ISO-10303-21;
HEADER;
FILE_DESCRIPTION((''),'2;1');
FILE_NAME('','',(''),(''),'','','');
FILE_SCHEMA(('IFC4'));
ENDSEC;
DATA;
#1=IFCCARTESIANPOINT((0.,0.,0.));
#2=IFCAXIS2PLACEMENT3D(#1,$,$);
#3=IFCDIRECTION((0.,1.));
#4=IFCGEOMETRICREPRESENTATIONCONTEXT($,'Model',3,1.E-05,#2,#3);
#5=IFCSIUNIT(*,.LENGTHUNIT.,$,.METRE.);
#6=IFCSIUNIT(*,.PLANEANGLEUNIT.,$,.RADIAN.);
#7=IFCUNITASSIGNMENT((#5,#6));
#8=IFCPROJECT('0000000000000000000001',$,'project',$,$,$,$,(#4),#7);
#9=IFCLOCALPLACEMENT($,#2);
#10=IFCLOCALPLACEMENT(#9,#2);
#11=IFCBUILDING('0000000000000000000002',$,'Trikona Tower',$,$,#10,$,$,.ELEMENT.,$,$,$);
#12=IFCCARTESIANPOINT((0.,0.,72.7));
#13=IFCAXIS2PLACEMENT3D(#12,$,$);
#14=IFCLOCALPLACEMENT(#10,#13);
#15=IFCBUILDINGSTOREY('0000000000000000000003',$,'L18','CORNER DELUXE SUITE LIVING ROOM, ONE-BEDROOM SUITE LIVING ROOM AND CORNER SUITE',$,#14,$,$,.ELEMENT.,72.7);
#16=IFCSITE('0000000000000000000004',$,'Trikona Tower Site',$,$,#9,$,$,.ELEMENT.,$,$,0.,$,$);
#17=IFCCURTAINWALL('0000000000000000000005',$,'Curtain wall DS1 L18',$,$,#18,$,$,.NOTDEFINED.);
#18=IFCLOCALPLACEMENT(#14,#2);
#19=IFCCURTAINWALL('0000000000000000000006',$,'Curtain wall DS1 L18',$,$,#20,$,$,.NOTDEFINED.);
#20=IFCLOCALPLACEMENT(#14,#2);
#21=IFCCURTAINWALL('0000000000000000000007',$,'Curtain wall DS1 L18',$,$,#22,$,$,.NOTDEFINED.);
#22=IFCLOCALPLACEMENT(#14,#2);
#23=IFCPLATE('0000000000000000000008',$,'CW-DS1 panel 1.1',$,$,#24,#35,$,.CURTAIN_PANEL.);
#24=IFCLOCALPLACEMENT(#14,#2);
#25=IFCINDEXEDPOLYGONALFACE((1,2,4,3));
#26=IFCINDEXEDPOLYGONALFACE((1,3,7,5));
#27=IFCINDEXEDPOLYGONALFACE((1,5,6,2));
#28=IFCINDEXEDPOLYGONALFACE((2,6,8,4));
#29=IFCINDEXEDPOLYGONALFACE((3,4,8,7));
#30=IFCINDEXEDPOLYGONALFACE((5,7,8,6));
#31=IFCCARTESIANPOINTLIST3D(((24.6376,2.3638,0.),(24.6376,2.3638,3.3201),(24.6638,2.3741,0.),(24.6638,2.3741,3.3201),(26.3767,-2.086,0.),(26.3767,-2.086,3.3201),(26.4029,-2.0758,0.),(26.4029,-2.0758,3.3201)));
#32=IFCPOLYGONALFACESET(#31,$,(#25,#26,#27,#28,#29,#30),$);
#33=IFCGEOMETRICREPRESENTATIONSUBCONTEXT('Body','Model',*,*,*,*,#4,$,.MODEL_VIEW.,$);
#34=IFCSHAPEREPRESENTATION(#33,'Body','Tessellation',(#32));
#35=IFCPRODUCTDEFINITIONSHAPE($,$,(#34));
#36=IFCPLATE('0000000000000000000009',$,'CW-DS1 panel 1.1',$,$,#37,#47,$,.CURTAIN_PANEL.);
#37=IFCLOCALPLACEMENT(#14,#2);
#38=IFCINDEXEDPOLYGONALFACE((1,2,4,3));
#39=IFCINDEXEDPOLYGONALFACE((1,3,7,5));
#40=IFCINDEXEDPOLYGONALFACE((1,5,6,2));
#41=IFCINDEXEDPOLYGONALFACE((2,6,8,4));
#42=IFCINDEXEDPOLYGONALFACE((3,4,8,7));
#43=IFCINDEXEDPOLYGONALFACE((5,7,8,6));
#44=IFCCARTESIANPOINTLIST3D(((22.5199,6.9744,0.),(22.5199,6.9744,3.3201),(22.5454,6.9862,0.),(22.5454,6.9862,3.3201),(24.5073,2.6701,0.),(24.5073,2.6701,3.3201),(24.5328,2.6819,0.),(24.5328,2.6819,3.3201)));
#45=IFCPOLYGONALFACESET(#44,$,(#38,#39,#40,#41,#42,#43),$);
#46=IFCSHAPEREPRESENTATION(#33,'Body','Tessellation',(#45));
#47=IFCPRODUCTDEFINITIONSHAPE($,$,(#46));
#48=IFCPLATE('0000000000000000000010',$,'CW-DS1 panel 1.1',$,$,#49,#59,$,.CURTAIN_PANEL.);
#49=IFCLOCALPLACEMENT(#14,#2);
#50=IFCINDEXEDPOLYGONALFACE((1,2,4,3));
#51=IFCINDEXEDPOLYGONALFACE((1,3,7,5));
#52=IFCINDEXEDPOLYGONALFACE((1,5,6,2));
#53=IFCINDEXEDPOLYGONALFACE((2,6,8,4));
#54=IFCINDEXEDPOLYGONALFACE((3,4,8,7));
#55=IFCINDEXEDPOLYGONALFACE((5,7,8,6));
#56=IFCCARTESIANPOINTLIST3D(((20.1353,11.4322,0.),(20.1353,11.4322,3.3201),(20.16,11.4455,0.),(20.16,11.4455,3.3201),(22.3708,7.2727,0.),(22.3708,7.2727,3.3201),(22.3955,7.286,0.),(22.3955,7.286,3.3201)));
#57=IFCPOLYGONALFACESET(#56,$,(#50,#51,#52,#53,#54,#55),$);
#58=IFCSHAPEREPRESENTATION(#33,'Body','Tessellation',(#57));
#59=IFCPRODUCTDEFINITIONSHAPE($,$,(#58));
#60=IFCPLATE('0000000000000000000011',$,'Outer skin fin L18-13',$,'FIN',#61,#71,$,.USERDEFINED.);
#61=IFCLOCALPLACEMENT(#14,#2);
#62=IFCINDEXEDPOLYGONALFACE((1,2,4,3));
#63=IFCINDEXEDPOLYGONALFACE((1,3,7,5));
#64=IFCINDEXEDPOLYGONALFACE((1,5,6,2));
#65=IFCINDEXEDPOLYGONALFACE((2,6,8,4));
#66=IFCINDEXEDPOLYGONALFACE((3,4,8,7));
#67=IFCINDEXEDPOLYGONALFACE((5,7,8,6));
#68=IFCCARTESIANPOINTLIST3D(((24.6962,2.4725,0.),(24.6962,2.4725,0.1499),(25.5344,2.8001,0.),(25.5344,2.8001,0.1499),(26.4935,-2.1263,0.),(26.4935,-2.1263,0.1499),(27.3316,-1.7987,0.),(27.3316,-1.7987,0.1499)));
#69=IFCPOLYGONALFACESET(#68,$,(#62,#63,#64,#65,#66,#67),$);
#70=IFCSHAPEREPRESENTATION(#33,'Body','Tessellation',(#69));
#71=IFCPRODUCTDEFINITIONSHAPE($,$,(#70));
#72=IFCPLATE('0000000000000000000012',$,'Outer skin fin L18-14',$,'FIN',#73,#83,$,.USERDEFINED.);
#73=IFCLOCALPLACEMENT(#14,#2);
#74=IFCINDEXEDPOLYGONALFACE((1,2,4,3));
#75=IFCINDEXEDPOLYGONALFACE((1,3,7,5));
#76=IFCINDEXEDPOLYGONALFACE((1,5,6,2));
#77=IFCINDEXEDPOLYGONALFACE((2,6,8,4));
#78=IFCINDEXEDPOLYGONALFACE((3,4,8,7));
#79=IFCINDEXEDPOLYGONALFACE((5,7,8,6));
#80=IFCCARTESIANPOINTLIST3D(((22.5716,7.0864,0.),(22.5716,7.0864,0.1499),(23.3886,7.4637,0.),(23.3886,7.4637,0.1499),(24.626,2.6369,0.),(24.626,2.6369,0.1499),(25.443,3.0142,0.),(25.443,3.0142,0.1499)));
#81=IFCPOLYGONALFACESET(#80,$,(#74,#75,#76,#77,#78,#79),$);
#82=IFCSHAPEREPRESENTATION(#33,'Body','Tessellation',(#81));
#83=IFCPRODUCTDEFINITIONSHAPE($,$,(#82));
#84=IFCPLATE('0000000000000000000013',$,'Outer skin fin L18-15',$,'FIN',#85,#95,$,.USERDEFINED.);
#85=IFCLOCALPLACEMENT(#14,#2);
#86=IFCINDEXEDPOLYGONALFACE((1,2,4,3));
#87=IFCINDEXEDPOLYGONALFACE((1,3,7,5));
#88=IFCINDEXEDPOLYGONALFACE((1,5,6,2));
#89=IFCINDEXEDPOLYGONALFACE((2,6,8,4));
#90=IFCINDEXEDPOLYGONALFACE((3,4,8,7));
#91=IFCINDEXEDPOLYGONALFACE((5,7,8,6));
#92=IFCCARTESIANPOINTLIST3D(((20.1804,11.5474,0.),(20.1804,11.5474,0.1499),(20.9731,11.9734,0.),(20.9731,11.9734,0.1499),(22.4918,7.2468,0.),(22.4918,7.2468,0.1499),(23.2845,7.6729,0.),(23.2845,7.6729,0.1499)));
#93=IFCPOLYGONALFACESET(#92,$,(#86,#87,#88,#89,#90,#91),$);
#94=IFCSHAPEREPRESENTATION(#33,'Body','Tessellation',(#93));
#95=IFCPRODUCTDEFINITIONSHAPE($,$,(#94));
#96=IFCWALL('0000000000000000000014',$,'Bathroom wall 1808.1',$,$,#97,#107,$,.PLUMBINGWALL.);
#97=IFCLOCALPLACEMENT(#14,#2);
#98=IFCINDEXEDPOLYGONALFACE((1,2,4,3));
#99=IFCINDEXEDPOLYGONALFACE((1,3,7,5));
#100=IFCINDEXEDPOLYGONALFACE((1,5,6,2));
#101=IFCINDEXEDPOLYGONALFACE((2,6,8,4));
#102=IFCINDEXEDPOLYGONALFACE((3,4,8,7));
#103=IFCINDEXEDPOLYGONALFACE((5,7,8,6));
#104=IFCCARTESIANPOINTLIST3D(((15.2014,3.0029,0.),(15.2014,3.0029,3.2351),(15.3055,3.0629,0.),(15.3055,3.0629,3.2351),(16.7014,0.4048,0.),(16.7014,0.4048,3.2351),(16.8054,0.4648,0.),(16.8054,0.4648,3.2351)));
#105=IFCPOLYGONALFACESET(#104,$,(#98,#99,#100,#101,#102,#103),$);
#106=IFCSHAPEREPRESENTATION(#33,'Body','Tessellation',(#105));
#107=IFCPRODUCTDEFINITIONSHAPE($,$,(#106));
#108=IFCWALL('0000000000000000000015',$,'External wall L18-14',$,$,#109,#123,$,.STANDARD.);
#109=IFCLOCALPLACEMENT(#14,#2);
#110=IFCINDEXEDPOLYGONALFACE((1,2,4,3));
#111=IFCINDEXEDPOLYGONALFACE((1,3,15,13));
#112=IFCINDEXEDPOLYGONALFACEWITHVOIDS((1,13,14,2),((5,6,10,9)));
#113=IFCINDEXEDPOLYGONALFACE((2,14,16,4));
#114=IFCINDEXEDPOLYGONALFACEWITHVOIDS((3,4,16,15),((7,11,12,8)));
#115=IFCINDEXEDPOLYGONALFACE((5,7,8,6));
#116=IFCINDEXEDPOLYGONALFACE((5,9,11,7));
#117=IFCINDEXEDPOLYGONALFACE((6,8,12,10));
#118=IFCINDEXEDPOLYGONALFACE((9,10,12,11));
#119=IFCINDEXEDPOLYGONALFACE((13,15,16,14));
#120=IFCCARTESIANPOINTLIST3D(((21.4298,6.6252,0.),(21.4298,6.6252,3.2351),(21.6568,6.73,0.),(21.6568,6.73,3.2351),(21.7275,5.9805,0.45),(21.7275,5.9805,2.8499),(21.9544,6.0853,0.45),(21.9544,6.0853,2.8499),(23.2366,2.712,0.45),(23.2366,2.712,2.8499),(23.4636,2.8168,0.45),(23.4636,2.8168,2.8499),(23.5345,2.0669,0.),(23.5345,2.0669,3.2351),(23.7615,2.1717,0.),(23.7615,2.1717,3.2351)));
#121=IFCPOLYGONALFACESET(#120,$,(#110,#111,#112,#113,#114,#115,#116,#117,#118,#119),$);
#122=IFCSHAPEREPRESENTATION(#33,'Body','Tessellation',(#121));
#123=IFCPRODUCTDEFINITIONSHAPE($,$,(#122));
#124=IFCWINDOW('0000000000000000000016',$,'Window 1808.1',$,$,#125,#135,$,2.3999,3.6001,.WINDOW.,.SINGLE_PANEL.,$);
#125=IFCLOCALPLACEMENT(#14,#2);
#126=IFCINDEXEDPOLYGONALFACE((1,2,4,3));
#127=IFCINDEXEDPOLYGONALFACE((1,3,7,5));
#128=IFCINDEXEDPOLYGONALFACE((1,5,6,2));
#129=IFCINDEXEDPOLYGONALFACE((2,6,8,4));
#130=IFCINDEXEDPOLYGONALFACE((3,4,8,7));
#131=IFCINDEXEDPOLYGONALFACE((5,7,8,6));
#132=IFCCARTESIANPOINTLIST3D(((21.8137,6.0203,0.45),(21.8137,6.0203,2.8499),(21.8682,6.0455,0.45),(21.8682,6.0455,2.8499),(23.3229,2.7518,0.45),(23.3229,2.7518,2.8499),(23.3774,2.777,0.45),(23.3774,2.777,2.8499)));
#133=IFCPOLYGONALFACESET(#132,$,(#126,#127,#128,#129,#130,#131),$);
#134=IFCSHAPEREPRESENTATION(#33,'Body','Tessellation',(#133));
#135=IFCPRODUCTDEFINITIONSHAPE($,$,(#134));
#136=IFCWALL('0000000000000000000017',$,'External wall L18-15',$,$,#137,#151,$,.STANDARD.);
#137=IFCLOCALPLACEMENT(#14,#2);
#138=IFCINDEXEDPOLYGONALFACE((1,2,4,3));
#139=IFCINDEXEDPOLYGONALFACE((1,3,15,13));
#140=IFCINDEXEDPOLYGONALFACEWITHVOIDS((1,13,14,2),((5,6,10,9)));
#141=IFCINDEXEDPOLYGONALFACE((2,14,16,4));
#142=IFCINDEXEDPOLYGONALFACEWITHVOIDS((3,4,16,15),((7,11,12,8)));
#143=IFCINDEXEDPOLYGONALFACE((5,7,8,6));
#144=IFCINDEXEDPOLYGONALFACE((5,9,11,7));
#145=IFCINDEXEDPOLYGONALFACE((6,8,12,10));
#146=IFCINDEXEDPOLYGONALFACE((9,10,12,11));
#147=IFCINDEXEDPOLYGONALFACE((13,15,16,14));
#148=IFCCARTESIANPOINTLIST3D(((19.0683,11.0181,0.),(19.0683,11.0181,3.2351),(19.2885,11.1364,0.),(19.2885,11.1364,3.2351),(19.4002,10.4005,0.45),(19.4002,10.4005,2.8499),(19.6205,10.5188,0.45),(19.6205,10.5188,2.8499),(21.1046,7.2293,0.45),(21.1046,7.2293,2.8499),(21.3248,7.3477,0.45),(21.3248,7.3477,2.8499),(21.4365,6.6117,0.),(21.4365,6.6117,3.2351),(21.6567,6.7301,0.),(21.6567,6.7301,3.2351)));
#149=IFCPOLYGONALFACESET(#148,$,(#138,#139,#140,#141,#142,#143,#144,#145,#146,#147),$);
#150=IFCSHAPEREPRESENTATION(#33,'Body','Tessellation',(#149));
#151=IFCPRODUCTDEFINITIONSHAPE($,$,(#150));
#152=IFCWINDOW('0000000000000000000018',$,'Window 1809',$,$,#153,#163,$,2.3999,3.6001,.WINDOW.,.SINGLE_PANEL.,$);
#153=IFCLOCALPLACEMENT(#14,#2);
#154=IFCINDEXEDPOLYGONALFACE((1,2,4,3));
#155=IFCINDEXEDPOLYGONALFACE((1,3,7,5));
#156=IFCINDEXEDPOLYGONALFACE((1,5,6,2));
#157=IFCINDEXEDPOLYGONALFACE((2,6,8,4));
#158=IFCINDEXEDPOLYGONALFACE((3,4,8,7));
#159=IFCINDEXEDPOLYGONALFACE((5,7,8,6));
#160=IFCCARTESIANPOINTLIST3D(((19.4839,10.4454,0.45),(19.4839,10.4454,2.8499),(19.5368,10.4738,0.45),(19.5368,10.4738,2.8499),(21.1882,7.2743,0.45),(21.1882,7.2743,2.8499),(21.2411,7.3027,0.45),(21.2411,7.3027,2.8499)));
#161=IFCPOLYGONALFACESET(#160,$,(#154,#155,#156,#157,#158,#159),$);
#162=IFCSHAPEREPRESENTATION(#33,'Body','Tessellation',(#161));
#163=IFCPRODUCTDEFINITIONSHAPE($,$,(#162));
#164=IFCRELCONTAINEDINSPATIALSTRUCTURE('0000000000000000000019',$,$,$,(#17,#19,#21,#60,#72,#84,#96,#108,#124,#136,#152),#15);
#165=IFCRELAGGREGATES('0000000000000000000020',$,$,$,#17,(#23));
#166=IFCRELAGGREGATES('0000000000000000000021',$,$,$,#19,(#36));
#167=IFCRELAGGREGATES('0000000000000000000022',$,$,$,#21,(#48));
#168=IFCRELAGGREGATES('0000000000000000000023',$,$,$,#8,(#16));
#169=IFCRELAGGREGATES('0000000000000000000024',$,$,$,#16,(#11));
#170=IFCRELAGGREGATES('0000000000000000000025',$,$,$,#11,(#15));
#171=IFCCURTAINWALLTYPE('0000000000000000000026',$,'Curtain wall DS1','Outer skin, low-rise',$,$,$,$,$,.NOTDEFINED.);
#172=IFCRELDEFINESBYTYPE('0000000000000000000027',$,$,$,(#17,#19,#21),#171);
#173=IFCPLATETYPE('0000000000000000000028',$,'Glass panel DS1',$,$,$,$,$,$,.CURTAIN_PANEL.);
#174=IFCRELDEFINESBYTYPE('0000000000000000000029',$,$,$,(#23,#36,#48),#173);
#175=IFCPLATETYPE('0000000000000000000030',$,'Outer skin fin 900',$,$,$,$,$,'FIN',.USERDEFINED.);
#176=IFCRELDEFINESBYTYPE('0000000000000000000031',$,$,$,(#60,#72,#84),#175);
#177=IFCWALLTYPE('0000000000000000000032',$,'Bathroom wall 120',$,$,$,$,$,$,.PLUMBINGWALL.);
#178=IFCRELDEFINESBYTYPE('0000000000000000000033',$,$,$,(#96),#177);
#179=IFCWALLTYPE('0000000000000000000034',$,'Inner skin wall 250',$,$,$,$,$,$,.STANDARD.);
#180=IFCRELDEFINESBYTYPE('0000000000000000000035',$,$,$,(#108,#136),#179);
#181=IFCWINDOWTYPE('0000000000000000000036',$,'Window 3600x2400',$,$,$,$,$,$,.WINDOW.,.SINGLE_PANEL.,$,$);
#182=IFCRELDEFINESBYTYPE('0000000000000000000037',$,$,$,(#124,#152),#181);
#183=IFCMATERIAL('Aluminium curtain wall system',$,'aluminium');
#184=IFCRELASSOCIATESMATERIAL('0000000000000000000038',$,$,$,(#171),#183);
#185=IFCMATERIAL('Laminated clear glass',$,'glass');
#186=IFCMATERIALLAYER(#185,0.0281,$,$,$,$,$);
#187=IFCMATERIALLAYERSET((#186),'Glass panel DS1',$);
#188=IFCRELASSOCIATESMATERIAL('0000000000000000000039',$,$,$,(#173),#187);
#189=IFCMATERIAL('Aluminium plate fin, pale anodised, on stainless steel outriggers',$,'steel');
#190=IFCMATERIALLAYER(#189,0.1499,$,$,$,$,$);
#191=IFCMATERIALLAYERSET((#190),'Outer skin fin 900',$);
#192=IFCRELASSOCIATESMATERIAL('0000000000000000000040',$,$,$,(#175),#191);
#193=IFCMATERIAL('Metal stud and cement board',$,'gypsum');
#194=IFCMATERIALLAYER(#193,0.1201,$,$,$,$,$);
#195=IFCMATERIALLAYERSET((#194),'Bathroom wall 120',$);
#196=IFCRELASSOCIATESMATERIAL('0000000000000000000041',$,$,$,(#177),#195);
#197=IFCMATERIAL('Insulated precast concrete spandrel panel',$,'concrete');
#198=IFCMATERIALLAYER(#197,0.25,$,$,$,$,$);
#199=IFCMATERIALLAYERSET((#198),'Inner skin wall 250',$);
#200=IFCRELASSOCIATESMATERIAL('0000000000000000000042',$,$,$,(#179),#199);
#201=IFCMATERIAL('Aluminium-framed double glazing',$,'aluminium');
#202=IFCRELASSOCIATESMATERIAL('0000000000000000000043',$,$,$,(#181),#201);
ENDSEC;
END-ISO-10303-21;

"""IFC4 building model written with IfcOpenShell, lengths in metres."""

from ifc_helpers import new_model, si_unit, direction, frame, frame_2d, origin, origin_2d, place, context, subcontext, project, spatial, rectangle, extrude, material, layer, layer_set, type_object, element, fill, aggregate, save


model = new_model("IFC4")

# Units and contexts
model_context = context("Model", 3, precision=1e-05, world=origin(), true_north=direction((0.0, 1.0)))
body_context = subcontext(model_context, "Body", "Model", "MODEL_VIEW")
ifc_project = project(units=[si_unit("LENGTHUNIT", "METRE"), si_unit("PLANEANGLEUNIT", "RADIAN")], contexts=[model_context])

# Site, building, storey
site_placement = place(None, origin())
site = spatial("IfcSite", under=ifc_project, at=site_placement, Name="Trikona Tower Site", CompositionType="ELEMENT", RefElevation=0.0)
building_placement = place(site_placement, origin())
building = spatial("IfcBuilding", under=site, at=building_placement, Name="Trikona Tower", CompositionType="ELEMENT")
storey_placement = place(building_placement, frame((0.0, 0.0, 72.7)))
storey = spatial("IfcBuildingStorey", under=building, at=storey_placement, Name="L18", Description="CORNER DELUXE SUITE LIVING ROOM, ONE-BEDROOM SUITE LIVING ROOM AND CORNER SUITE", CompositionType="ELEMENT", Elevation=72.7)

# Curtain wall
ifc_material_1 = material(Name="Aluminium curtain wall system", Category="aluminium")
curtain_wall_type = type_object("IfcCurtainWallType", Name="Curtain wall DS1", Description="Outer skin, low-rise", PredefinedType="NOTDEFINED", material=ifc_material_1)
curtain_wall_1_placement = place(storey_placement, origin())
curtain_wall_1 = element("IfcCurtainWall", 1, at=curtain_wall_1_placement, inside=storey, type_object=curtain_wall_type, Name="Curtain wall DS1 L18", PredefinedType="NOTDEFINED")

# Curtain walls
curtain_wall_2_placement = place(storey_placement, origin())
curtain_wall_2 = element("IfcCurtainWall", 2, at=curtain_wall_2_placement, inside=storey, type_object=curtain_wall_type, Name="Curtain wall DS1 L18", PredefinedType="NOTDEFINED")
curtain_wall_3_placement = place(storey_placement, origin())
curtain_wall_3 = element("IfcCurtainWall", 3, at=curtain_wall_3_placement, inside=storey, type_object=curtain_wall_type, Name="Curtain wall DS1 L18", PredefinedType="NOTDEFINED")

# Plates
ifc_material_2 = material(Name="Laminated clear glass", Category="glass")
ifc_layer_1 = layer(ifc_material_2, 0.0281)
ifc_layer_set_1 = layer_set([ifc_layer_1], Name="Glass panel DS1")
plate_type_1 = type_object("IfcPlateType", Name="Glass panel DS1", PredefinedType="CURTAIN_PANEL", material=ifc_layer_set_1)
plate_1_placement = place(storey_placement, frame((25.5203, 0.144, 0.0), z_axis=(0.0, 0.0, 1.0), x_axis=(-0.364008, 0.931396, 0.0)))
plate_1 = element("IfcPlate", 4, at=plate_1_placement, type_object=plate_type_1, Name="CW-DS1 panel 1.1", PredefinedType="CURTAIN_PANEL", context=body_context, shape_type="SweptSolid", body=[
    extrude(rectangle(XDim=4.7776, YDim=0.0281, at=origin_2d()), origin(), (0.0, 0.0, 1.0), 3.3201),
])
aggregate(curtain_wall_1, [plate_1])
plate_2_placement = place(storey_placement, frame((23.5264, 4.8281, 0.0), z_axis=(0.0, 0.0, 1.0), x_axis=(-0.41919, 0.907898, 0.0)))
plate_2 = element("IfcPlate", 5, at=plate_2_placement, type_object=plate_type_1, Name="CW-DS1 panel 1.1", PredefinedType="CURTAIN_PANEL", context=body_context, shape_type="SweptSolid", body=[
    extrude(rectangle(XDim=4.741, YDim=0.0281, at=origin_2d()), origin(), (0.0, 0.0, 1.0), 3.3201),
])
aggregate(curtain_wall_2, [plate_2])
plate_3_placement = place(storey_placement, frame((21.2654, 9.3591, 0.0), z_axis=(0.0, 0.0, 1.0), x_axis=(-0.473408, 0.880843, 0.0)))
plate_3 = element("IfcPlate", 6, at=plate_3_placement, type_object=plate_type_1, Name="CW-DS1 panel 1.1", PredefinedType="CURTAIN_PANEL", context=body_context, shape_type="SweptSolid", body=[
    extrude(rectangle(XDim=4.7222, YDim=0.0281, at=origin_2d()), origin(), (0.0, 0.0, 1.0), 3.3201),
])
aggregate(curtain_wall_3, [plate_3])

# Plates
ifc_material_3 = material(Name="Aluminium plate fin, pale anodised, on stainless steel outriggers", Category="steel")
ifc_layer_2 = layer(ifc_material_3, 0.1499)
ifc_layer_set_2 = layer_set([ifc_layer_2], Name="Outer skin fin 900")
plate_type_2 = type_object("IfcPlateType", Name="Outer skin fin 900", ElementType="FIN", PredefinedType="USERDEFINED", material=ifc_layer_set_2)
plate_4_placement = place(storey_placement, frame((26.0139, 0.3369, 0.0), z_axis=(0.0, 0.0, 1.0), x_axis=(-0.364009, 0.931395, 0.0)))
element("IfcPlate", 7, at=plate_4_placement, inside=storey, type_object=plate_type_2, Name="Outer skin fin L18-13", ObjectType="FIN", PredefinedType="USERDEFINED", context=body_context, shape_type="SweptSolid", body=[
    extrude(rectangle(XDim=4.9375, YDim=0.8999, at=origin_2d()), origin(), (0.0, 0.0, 1.0), 0.1499),
])
plate_5_placement = place(storey_placement, frame((24.0073, 5.0503, 0.0), z_axis=(0.0, 0.0, 1.0), x_axis=(-0.419194, 0.907897, 0.0)))
element("IfcPlate", 8, at=plate_5_placement, inside=storey, type_object=plate_type_2, Name="Outer skin fin L18-14", ObjectType="FIN", PredefinedType="USERDEFINED", context=body_context, shape_type="SweptSolid", body=[
    extrude(rectangle(XDim=4.9009, YDim=0.8999, at=origin_2d()), origin(), (0.0, 0.0, 1.0), 0.1499),
])
plate_6_placement = place(storey_placement, frame((21.7324, 9.6101, 0.0), z_axis=(0.0, 0.0, 1.0), x_axis=(-0.473423, 0.880835, 0.0)))
element("IfcPlate", 9, at=plate_6_placement, inside=storey, type_object=plate_type_2, Name="Outer skin fin L18-15", ObjectType="FIN", PredefinedType="USERDEFINED", context=body_context, shape_type="SweptSolid", body=[
    extrude(rectangle(XDim=4.8823, YDim=0.8999, at=origin_2d()), origin(), (0.0, 0.0, 1.0), 0.1499),
])

# Wall
ifc_material_4 = material(Name="Metal stud and cement board", Category="gypsum")
ifc_layer_3 = layer(ifc_material_4, 0.1201)
ifc_layer_set_3 = layer_set([ifc_layer_3], Name="Bathroom wall 120")
wall_type_1 = type_object("IfcWallType", Name="Bathroom wall 120", PredefinedType="PLUMBINGWALL", material=ifc_layer_set_3)
wall_1_placement = place(storey_placement, frame((16.7534, 0.4348, 0.0), z_axis=(0.0, 0.0, 1.0), x_axis=(-0.49999, 0.866031, 0.0)))
element("IfcWall", 10, at=wall_1_placement, inside=storey, type_object=wall_type_1, Name="Bathroom wall 1808.1", PredefinedType="PLUMBINGWALL", context=body_context, shape_type="SweptSolid", body=[
    extrude(rectangle(XDim=3.0, YDim=0.1201, at=frame_2d((1.5, 0.0))), origin(), (0.0, 0.0, 1.0), 3.2351),
])

# Walls, openings, windows
ifc_material_5 = material(Name="Insulated precast concrete spandrel panel", Category="concrete")
ifc_layer_4 = layer(ifc_material_5, 0.25)
ifc_layer_set_4 = layer_set([ifc_layer_4], Name="Inner skin wall 250")
wall_type_2 = type_object("IfcWallType", Name="Inner skin wall 250", PredefinedType="STANDARD", material=ifc_layer_set_4)
wall_2_placement = place(storey_placement, frame((23.6479, 2.1194, 0.0), z_axis=(0.0, 0.0, 1.0), x_axis=(-0.419203, 0.907892, 0.0)))
wall_2 = element("IfcWall", 11, at=wall_2_placement, inside=storey, type_object=wall_type_2, Name="External wall L18-14", PredefinedType="STANDARD", context=body_context, shape_type="SweptSolid", body=[
    extrude(rectangle(XDim=5.0208, YDim=0.25, at=frame_2d((2.5103, 0.0))), origin(), (0.0, 0.0, 1.0), 3.2351),
])
opening_1_placement = place(wall_2_placement, frame((0.7104, 0.0, 0.45)))
opening_1 = element("IfcOpeningElement", 12, at=opening_1_placement, cuts=wall_2, PredefinedType="OPENING", context=body_context, shape_type="SweptSolid", body=[
    extrude(rectangle(XDim=3.6001, YDim=2.3999, at=frame_2d((1.8, 1.2))), frame((0.0, 0.135, 0.0), z_axis=(0.0, -1.0, 0.0), x_axis=(1.0, 0.0, 0.0)), (0.0, 0.0, 1.0), 0.27),
])
ifc_material_6 = material(Name="Aluminium-framed double glazing", Category="aluminium")
window_type = type_object("IfcWindowType", Name="Window 3600x2400", PartitioningType="SINGLE_PANEL", PredefinedType="WINDOW", material=ifc_material_6)
window_1_placement = place(opening_1_placement, origin())
window_1 = element("IfcWindow", 13, at=window_1_placement, inside=storey, type_object=window_type, Name="Window 1808.1", OverallHeight=2.3999, OverallWidth=3.6001, PartitioningType="SINGLE_PANEL", PredefinedType="WINDOW", context=body_context, shape_type="SweptSolid", body=[
    extrude(rectangle(XDim=3.6001, YDim=2.3999, at=frame_2d((1.8, 1.2))), frame((0.0, 0.03, 0.0), z_axis=(0.0, -1.0, 0.0), x_axis=(1.0, 0.0, 0.0)), (0.0, 0.0, 1.0), 0.0601),
])
fill(opening_1, window_1)
wall_3_placement = place(storey_placement, frame((21.5466, 6.6709, 0.0), z_axis=(0.0, 0.0, 1.0), x_axis=(-0.473413, 0.880841, 0.0)))
wall_3 = element("IfcWall", 14, at=wall_3_placement, inside=storey, type_object=wall_type_2, Name="External wall L18-15", PredefinedType="STANDARD", context=body_context, shape_type="SweptSolid", body=[
    extrude(rectangle(XDim=5.0024, YDim=0.25, at=frame_2d((2.5012, 0.0))), origin(), (0.0, 0.0, 1.0), 3.2351),
])
opening_2_placement = place(wall_3_placement, frame((0.7012, 0.0, 0.45)))
opening_2 = element("IfcOpeningElement", 15, at=opening_2_placement, cuts=wall_3, PredefinedType="OPENING", context=body_context, shape_type="SweptSolid", body=[
    extrude(rectangle(XDim=3.6001, YDim=2.3999, at=frame_2d((1.8, 1.2))), frame((0.0, 0.135, 0.0), z_axis=(0.0, -1.0, 0.0), x_axis=(1.0, 0.0, 0.0)), (0.0, 0.0, 1.0), 0.27),
])
window_2_placement = place(opening_2_placement, origin())
window_2 = element("IfcWindow", 16, at=window_2_placement, inside=storey, type_object=window_type, Name="Window 1809", OverallHeight=2.3999, OverallWidth=3.6001, PartitioningType="SINGLE_PANEL", PredefinedType="WINDOW", context=body_context, shape_type="SweptSolid", body=[
    extrude(rectangle(XDim=3.6001, YDim=2.3999, at=frame_2d((1.8, 1.2))), frame((0.0, 0.03, 0.0), z_axis=(0.0, -1.0, 0.0), x_axis=(1.0, 0.0, 0.0)), (0.0, 0.0, 1.0), 0.0601),
])
fill(opening_2, window_2)

save(model, "model.ifc")
